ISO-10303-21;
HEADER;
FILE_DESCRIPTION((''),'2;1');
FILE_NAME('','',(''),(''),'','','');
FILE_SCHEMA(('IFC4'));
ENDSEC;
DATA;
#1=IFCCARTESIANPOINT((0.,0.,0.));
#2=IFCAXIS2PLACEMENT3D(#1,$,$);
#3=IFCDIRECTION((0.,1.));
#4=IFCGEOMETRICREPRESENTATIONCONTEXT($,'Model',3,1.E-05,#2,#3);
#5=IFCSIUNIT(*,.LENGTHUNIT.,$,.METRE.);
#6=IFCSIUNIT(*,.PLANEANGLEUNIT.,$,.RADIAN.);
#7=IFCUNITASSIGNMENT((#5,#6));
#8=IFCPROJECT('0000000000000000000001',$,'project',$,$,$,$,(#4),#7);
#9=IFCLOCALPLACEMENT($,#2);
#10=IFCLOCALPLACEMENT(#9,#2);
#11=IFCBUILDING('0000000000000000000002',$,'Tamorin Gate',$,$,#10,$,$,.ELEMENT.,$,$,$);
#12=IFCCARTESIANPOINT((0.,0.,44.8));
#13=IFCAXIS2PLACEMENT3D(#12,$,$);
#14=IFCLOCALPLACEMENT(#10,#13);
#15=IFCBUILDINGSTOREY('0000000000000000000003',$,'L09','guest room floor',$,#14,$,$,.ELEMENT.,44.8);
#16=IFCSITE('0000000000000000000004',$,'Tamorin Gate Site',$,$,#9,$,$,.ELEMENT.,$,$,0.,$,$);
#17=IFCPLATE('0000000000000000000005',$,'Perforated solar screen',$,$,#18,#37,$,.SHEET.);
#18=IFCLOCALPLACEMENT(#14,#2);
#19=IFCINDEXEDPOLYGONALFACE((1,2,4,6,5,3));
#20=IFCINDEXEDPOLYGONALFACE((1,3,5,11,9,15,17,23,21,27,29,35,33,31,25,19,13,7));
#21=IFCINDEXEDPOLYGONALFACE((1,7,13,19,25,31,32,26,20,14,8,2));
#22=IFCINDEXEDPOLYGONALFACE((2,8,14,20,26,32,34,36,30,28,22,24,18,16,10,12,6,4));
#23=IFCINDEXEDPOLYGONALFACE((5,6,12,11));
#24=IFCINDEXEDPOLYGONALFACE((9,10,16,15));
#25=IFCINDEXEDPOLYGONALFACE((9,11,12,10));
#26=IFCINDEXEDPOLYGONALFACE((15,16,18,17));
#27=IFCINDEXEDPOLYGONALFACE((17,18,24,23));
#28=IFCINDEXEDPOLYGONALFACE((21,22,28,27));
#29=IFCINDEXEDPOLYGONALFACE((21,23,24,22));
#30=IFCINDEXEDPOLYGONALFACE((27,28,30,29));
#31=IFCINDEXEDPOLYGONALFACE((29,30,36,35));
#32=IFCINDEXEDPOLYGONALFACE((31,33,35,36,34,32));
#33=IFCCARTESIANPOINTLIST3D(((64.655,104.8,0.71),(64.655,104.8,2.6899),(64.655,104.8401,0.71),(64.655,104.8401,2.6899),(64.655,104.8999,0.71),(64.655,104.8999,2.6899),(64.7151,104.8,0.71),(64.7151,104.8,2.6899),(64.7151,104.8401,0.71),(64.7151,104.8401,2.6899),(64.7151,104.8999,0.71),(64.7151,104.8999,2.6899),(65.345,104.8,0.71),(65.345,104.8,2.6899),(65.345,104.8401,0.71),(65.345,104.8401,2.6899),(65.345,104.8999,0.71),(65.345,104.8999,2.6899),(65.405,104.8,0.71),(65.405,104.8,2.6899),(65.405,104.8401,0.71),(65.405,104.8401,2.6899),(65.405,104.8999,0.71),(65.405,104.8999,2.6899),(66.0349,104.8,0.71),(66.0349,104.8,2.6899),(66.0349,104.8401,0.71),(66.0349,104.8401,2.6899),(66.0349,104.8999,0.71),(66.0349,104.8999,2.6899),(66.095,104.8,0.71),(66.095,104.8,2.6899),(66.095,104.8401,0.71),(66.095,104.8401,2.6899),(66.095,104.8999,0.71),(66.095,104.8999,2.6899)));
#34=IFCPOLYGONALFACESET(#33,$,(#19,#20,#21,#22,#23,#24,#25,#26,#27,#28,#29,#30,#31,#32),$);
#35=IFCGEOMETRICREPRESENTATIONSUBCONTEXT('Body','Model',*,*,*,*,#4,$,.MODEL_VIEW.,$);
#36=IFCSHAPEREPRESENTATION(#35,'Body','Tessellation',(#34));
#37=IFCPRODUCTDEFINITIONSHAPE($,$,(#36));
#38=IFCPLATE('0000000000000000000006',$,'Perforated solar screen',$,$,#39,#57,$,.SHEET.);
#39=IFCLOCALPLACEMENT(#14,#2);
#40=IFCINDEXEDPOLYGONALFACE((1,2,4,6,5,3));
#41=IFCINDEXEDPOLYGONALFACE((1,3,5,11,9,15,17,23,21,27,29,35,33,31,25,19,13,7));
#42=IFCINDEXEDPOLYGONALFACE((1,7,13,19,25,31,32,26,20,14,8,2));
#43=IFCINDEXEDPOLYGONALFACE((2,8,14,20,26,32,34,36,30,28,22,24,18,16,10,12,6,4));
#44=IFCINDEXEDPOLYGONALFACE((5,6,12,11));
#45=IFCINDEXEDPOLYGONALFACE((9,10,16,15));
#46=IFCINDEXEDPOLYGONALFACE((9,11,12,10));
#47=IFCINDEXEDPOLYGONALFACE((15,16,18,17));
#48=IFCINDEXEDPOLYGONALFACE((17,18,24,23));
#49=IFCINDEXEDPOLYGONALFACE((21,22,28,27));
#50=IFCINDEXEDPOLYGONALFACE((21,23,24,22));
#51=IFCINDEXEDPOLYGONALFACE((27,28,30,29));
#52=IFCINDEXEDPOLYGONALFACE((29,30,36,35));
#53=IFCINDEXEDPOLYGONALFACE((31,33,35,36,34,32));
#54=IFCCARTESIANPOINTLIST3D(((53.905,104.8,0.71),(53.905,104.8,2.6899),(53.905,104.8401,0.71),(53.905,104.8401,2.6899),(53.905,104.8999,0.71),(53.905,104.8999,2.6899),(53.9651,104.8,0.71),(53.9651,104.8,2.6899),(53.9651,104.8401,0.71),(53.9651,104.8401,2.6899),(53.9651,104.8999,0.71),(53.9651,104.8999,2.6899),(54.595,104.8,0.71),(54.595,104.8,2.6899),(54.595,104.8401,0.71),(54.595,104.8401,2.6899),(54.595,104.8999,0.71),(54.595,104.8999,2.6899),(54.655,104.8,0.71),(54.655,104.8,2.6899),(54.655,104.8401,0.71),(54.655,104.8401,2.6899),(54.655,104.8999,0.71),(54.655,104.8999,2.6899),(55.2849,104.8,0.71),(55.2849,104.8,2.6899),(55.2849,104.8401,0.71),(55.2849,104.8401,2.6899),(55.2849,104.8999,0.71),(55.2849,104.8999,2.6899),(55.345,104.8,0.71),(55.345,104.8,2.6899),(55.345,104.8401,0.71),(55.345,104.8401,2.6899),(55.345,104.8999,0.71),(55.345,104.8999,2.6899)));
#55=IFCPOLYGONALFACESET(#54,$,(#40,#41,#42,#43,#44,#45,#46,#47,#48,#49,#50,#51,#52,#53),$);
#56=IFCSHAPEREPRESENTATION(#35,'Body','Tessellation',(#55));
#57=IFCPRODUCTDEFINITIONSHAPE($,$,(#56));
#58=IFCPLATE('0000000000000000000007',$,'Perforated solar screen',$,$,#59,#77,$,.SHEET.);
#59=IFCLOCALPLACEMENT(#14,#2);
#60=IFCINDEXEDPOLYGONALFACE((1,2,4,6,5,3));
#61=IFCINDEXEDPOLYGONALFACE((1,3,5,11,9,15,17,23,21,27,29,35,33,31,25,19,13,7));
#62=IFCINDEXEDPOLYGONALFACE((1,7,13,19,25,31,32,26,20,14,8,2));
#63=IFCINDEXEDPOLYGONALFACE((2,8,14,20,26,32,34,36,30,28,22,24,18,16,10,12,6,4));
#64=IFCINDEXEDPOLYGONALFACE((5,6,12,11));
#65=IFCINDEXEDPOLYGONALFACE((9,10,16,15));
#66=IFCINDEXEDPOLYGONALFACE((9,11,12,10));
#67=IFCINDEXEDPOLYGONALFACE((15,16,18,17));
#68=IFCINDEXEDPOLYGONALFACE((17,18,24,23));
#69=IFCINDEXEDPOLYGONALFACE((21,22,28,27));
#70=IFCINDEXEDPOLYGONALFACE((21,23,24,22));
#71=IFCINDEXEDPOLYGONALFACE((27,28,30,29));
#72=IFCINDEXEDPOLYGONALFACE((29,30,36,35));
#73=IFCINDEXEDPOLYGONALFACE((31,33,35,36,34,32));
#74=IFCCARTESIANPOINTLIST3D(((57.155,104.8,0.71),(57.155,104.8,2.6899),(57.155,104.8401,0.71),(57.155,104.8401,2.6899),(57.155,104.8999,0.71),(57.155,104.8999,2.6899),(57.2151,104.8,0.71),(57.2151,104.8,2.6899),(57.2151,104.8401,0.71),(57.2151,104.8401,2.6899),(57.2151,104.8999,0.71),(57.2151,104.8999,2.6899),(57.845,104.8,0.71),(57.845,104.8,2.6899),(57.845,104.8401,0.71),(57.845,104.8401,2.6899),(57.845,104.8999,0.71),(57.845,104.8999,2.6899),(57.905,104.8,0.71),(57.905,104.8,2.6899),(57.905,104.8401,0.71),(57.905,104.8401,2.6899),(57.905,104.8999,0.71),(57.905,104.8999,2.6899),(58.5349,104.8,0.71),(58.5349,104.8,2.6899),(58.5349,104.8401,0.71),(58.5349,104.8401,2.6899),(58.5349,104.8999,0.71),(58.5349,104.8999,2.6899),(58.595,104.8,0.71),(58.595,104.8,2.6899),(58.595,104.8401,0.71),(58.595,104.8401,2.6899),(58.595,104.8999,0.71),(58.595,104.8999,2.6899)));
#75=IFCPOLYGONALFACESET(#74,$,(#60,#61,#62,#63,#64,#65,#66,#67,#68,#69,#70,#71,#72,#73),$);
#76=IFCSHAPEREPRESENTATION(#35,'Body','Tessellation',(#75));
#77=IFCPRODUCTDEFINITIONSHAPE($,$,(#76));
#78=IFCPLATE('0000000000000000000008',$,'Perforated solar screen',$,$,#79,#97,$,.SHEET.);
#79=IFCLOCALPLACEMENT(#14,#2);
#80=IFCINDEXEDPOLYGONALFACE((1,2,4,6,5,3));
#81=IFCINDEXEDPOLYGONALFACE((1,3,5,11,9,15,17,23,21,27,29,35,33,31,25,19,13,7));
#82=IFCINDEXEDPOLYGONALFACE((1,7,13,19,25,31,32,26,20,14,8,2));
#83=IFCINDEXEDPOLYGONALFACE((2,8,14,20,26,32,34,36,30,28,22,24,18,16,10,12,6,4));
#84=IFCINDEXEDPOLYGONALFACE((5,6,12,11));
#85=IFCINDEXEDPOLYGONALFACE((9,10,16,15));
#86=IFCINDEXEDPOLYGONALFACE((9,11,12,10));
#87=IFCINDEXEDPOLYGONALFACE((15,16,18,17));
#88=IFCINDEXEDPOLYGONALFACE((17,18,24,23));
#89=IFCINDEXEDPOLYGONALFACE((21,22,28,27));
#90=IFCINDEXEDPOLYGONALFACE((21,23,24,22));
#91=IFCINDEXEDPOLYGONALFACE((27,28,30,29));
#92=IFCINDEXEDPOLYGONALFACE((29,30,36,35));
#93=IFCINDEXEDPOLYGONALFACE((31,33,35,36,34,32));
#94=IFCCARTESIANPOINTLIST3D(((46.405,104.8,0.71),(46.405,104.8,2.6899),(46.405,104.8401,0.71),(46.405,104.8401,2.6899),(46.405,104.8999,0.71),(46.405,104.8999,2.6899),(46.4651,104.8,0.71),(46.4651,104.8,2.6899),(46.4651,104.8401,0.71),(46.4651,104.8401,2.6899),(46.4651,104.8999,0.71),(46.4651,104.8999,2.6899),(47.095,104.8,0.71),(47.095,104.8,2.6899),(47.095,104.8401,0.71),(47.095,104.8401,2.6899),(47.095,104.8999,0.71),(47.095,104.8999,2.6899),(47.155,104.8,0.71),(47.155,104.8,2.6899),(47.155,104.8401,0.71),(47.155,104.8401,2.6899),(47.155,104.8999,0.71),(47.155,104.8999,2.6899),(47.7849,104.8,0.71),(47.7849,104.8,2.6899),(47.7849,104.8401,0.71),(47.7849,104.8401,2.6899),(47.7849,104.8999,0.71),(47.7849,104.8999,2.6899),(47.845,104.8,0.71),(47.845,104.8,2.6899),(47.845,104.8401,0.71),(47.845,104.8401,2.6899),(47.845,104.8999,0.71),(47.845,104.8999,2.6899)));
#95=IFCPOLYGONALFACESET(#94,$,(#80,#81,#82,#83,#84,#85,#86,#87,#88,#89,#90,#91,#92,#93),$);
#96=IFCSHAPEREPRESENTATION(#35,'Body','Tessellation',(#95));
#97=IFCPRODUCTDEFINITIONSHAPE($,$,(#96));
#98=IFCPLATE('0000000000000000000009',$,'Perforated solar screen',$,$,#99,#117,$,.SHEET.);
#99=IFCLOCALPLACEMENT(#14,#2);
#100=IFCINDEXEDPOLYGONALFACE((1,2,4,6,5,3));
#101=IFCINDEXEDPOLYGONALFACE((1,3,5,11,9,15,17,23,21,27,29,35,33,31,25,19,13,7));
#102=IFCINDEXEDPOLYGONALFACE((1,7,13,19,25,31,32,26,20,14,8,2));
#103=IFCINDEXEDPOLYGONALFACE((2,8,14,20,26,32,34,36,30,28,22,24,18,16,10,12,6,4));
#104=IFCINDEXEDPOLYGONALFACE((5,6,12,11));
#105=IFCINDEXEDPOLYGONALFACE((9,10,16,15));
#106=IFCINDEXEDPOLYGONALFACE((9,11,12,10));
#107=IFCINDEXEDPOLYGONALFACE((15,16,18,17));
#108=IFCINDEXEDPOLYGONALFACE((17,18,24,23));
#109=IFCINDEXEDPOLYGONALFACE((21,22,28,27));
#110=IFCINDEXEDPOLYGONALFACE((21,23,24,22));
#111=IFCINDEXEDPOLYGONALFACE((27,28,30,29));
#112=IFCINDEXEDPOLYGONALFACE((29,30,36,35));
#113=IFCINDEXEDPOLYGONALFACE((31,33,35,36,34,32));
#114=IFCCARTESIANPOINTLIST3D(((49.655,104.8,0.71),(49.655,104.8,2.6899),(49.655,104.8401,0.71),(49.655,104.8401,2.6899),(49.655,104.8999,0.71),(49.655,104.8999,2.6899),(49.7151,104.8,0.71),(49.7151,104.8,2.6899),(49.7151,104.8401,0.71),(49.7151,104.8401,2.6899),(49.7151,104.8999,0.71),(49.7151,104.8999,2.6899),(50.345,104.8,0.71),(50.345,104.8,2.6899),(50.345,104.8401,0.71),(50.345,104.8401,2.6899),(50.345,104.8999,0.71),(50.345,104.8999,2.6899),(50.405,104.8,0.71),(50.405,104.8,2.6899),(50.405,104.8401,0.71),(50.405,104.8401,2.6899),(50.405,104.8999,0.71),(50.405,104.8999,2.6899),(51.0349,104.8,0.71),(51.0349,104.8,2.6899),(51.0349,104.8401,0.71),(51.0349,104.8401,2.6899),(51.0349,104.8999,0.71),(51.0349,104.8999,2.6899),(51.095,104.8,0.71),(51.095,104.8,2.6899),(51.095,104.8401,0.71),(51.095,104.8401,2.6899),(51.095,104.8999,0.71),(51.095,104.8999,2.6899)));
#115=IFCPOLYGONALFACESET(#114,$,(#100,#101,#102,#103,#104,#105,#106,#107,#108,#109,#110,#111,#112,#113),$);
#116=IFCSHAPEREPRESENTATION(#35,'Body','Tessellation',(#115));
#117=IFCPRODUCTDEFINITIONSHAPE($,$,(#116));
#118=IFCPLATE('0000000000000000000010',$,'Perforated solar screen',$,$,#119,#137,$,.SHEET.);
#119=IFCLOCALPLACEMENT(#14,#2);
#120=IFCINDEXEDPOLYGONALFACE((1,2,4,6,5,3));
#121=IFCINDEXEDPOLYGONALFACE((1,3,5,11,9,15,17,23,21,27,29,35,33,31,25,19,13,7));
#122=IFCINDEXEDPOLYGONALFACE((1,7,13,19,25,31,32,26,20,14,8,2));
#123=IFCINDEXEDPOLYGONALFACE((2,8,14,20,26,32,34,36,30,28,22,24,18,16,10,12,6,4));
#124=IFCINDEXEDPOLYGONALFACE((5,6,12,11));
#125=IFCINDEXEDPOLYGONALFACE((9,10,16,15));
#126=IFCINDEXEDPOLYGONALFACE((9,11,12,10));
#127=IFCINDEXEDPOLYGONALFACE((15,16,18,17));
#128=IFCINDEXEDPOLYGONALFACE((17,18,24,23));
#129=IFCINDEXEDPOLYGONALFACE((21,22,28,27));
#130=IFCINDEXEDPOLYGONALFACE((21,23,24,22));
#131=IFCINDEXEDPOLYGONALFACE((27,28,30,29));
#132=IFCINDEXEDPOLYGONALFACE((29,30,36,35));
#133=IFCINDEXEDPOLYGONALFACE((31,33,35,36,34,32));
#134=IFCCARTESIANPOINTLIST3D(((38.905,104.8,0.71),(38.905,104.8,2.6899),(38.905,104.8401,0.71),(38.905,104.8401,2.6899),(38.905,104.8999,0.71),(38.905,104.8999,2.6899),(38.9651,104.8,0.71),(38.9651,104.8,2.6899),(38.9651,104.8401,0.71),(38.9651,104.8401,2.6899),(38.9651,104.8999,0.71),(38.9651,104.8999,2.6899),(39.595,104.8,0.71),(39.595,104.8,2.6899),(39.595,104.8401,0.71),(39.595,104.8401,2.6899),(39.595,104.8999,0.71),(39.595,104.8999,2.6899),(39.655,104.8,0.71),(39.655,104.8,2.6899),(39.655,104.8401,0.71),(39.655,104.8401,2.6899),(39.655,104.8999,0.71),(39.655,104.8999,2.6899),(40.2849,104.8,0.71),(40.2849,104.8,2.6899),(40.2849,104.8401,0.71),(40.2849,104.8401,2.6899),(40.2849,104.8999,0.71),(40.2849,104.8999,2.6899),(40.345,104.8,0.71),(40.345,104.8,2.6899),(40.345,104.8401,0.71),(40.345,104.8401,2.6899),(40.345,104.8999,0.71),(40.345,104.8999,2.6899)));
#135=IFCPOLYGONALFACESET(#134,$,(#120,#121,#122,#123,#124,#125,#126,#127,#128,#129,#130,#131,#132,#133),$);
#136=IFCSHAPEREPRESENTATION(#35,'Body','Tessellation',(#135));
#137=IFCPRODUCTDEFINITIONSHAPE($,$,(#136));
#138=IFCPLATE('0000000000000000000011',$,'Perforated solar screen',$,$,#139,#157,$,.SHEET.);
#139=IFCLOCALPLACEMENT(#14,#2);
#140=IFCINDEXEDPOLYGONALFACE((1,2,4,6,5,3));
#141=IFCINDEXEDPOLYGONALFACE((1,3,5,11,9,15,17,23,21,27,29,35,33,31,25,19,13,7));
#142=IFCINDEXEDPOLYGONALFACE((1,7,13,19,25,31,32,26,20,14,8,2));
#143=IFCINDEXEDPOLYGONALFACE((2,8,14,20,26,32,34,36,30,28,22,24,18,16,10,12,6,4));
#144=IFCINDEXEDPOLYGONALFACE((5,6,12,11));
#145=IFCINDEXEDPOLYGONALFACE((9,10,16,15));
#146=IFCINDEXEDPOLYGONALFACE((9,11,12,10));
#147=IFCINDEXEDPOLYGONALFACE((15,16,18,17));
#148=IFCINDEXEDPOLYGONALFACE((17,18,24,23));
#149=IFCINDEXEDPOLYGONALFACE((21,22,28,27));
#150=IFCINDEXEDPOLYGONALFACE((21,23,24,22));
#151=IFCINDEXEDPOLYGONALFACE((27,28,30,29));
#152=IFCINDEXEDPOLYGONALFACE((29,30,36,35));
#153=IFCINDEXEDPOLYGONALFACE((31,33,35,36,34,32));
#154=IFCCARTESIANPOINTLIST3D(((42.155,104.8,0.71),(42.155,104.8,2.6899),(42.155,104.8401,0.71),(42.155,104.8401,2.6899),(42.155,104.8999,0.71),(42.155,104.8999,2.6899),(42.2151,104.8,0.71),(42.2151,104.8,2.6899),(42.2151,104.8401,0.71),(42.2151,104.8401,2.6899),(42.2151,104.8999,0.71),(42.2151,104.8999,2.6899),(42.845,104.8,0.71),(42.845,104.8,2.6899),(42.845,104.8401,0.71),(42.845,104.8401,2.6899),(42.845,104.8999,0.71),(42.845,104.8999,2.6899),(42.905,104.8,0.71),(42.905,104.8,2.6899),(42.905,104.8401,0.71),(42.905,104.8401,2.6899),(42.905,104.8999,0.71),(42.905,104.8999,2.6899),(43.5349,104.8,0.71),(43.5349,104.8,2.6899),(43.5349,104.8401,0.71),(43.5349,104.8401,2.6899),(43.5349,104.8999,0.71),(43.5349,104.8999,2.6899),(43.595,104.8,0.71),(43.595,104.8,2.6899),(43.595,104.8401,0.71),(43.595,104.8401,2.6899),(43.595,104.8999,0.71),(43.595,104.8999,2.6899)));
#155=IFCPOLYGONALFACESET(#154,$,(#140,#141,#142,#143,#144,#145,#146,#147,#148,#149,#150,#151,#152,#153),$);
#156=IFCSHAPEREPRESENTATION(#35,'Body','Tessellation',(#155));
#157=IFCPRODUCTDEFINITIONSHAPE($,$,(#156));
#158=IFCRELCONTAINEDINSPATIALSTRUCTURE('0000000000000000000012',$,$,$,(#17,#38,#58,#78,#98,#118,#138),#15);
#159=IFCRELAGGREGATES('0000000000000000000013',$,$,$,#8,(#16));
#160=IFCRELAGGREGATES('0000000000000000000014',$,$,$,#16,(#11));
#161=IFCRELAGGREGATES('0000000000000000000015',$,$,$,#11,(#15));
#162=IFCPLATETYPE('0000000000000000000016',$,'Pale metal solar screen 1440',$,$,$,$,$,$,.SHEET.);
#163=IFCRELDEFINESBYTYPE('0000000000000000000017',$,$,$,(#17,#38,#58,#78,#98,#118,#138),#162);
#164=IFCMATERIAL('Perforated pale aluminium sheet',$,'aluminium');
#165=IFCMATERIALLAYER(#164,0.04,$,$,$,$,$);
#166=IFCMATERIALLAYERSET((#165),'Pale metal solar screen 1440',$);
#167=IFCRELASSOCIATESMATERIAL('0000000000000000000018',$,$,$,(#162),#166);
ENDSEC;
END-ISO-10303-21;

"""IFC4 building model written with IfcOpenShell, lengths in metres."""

from ifc_helpers import new_model, si_unit, direction, frame, origin, place, context, subcontext, project, spatial, polyline, outline, extrude, material, layer, layer_set, type_object, element, save


model = new_model("IFC4")

# Units and contexts
model_context = context("Model", 3, precision=1e-05, world=origin(), true_north=direction((0.0, 1.0)))
body_context = subcontext(model_context, "Body", "Model", "MODEL_VIEW")
ifc_project = project(units=[si_unit("LENGTHUNIT", "METRE"), si_unit("PLANEANGLEUNIT", "RADIAN")], contexts=[model_context])

# Site, building, storey
site_placement = place(None, origin())
site = spatial("IfcSite", under=ifc_project, at=site_placement, Name="Tamorin Gate Site", CompositionType="ELEMENT", RefElevation=0.0)
building_placement = place(site_placement, origin())
building = spatial("IfcBuilding", under=site, at=building_placement, Name="Tamorin Gate", CompositionType="ELEMENT")
storey_placement = place(building_placement, frame((0.0, 0.0, 44.8)))
storey = spatial("IfcBuildingStorey", under=building, at=storey_placement, Name="L09", Description="guest room floor", CompositionType="ELEMENT", Elevation=44.8)

# Plates
ifc_material = material(Name="Perforated pale aluminium sheet", Category="aluminium")
ifc_layer = layer(ifc_material, 0.04)
ifc_layer_set = layer_set([ifc_layer], Name="Pale metal solar screen 1440")
plate_type = type_object("IfcPlateType", Name="Pale metal solar screen 1440", PredefinedType="SHEET", material=ifc_layer_set)
plate_1_placement = place(storey_placement, frame((0.0, 0.0, 0.71)))
element("IfcPlate", 1, at=plate_1_placement, inside=storey, type_object=plate_type, Name="Perforated solar screen", PredefinedType="SHEET", context=body_context, shape_type="SweptSolid", body=[
    extrude(outline(polyline([(66.095, 104.8401), (66.095, 104.8), (66.0349, 104.8), (65.405, 104.8), (65.345, 104.8), (64.7151, 104.8), (64.655, 104.8), (64.655, 104.8401), (64.655, 104.8999), (64.7151, 104.8999), (64.7151, 104.8401), (65.345, 104.8401), (65.345, 104.8999), (65.405, 104.8999), (65.405, 104.8401), (66.0349, 104.8401), (66.0349, 104.8999), (66.095, 104.8999), (66.095, 104.8401)])), origin(), (0.0, 0.0, 1.0), 1.98),
])
plate_2_placement = place(storey_placement, frame((0.0, 0.0, 0.71)))
element("IfcPlate", 2, at=plate_2_placement, inside=storey, type_object=plate_type, Name="Perforated solar screen", PredefinedType="SHEET", context=body_context, shape_type="SweptSolid", body=[
    extrude(outline(polyline([(55.345, 104.8401), (55.345, 104.8), (55.2849, 104.8), (54.655, 104.8), (54.595, 104.8), (53.9651, 104.8), (53.905, 104.8), (53.905, 104.8401), (53.905, 104.8999), (53.9651, 104.8999), (53.9651, 104.8401), (54.595, 104.8401), (54.595, 104.8999), (54.655, 104.8999), (54.655, 104.8401), (55.2849, 104.8401), (55.2849, 104.8999), (55.345, 104.8999), (55.345, 104.8401)])), origin(), (0.0, 0.0, 1.0), 1.98),
])
plate_3_placement = place(storey_placement, frame((0.0, 0.0, 0.71)))
element("IfcPlate", 3, at=plate_3_placement, inside=storey, type_object=plate_type, Name="Perforated solar screen", PredefinedType="SHEET", context=body_context, shape_type="SweptSolid", body=[
    extrude(outline(polyline([(58.595, 104.8401), (58.595, 104.8), (58.5349, 104.8), (57.905, 104.8), (57.845, 104.8), (57.2151, 104.8), (57.155, 104.8), (57.155, 104.8401), (57.155, 104.8999), (57.2151, 104.8999), (57.2151, 104.8401), (57.845, 104.8401), (57.845, 104.8999), (57.905, 104.8999), (57.905, 104.8401), (58.5349, 104.8401), (58.5349, 104.8999), (58.595, 104.8999), (58.595, 104.8401)])), origin(), (0.0, 0.0, 1.0), 1.98),
])
plate_4_placement = place(storey_placement, frame((0.0, 0.0, 0.71)))
element("IfcPlate", 4, at=plate_4_placement, inside=storey, type_object=plate_type, Name="Perforated solar screen", PredefinedType="SHEET", context=body_context, shape_type="SweptSolid", body=[
    extrude(outline(polyline([(47.845, 104.8401), (47.845, 104.8), (47.7849, 104.8), (47.155, 104.8), (47.095, 104.8), (46.4651, 104.8), (46.405, 104.8), (46.405, 104.8401), (46.405, 104.8999), (46.4651, 104.8999), (46.4651, 104.8401), (47.095, 104.8401), (47.095, 104.8999), (47.155, 104.8999), (47.155, 104.8401), (47.7849, 104.8401), (47.7849, 104.8999), (47.845, 104.8999), (47.845, 104.8401)])), origin(), (0.0, 0.0, 1.0), 1.98),
])
plate_5_placement = place(storey_placement, frame((0.0, 0.0, 0.71)))
element("IfcPlate", 5, at=plate_5_placement, inside=storey, type_object=plate_type, Name="Perforated solar screen", PredefinedType="SHEET", context=body_context, shape_type="SweptSolid", body=[
    extrude(outline(polyline([(51.095, 104.8401), (51.095, 104.8), (51.0349, 104.8), (50.405, 104.8), (50.345, 104.8), (49.7151, 104.8), (49.655, 104.8), (49.655, 104.8401), (49.655, 104.8999), (49.7151, 104.8999), (49.7151, 104.8401), (50.345, 104.8401), (50.345, 104.8999), (50.405, 104.8999), (50.405, 104.8401), (51.0349, 104.8401), (51.0349, 104.8999), (51.095, 104.8999), (51.095, 104.8401)])), origin(), (0.0, 0.0, 1.0), 1.98),
])
plate_6_placement = place(storey_placement, frame((0.0, 0.0, 0.71)))
element("IfcPlate", 6, at=plate_6_placement, inside=storey, type_object=plate_type, Name="Perforated solar screen", PredefinedType="SHEET", context=body_context, shape_type="SweptSolid", body=[
    extrude(outline(polyline([(40.345, 104.8401), (40.345, 104.8), (40.2849, 104.8), (39.655, 104.8), (39.595, 104.8), (38.9651, 104.8), (38.905, 104.8), (38.905, 104.8401), (38.905, 104.8999), (38.9651, 104.8999), (38.9651, 104.8401), (39.595, 104.8401), (39.595, 104.8999), (39.655, 104.8999), (39.655, 104.8401), (40.2849, 104.8401), (40.2849, 104.8999), (40.345, 104.8999), (40.345, 104.8401)])), origin(), (0.0, 0.0, 1.0), 1.98),
])
plate_7_placement = place(storey_placement, frame((0.0, 0.0, 0.71)))
element("IfcPlate", 7, at=plate_7_placement, inside=storey, type_object=plate_type, Name="Perforated solar screen", PredefinedType="SHEET", context=body_context, shape_type="SweptSolid", body=[
    extrude(outline(polyline([(43.595, 104.8401), (43.595, 104.8), (43.5349, 104.8), (42.905, 104.8), (42.845, 104.8), (42.2151, 104.8), (42.155, 104.8), (42.155, 104.8401), (42.155, 104.8999), (42.2151, 104.8999), (42.2151, 104.8401), (42.845, 104.8401), (42.845, 104.8999), (42.905, 104.8999), (42.905, 104.8401), (43.5349, 104.8401), (43.5349, 104.8999), (43.595, 104.8999), (43.595, 104.8401)])), origin(), (0.0, 0.0, 1.0), 1.98),
])

save(model, "model.ifc")
